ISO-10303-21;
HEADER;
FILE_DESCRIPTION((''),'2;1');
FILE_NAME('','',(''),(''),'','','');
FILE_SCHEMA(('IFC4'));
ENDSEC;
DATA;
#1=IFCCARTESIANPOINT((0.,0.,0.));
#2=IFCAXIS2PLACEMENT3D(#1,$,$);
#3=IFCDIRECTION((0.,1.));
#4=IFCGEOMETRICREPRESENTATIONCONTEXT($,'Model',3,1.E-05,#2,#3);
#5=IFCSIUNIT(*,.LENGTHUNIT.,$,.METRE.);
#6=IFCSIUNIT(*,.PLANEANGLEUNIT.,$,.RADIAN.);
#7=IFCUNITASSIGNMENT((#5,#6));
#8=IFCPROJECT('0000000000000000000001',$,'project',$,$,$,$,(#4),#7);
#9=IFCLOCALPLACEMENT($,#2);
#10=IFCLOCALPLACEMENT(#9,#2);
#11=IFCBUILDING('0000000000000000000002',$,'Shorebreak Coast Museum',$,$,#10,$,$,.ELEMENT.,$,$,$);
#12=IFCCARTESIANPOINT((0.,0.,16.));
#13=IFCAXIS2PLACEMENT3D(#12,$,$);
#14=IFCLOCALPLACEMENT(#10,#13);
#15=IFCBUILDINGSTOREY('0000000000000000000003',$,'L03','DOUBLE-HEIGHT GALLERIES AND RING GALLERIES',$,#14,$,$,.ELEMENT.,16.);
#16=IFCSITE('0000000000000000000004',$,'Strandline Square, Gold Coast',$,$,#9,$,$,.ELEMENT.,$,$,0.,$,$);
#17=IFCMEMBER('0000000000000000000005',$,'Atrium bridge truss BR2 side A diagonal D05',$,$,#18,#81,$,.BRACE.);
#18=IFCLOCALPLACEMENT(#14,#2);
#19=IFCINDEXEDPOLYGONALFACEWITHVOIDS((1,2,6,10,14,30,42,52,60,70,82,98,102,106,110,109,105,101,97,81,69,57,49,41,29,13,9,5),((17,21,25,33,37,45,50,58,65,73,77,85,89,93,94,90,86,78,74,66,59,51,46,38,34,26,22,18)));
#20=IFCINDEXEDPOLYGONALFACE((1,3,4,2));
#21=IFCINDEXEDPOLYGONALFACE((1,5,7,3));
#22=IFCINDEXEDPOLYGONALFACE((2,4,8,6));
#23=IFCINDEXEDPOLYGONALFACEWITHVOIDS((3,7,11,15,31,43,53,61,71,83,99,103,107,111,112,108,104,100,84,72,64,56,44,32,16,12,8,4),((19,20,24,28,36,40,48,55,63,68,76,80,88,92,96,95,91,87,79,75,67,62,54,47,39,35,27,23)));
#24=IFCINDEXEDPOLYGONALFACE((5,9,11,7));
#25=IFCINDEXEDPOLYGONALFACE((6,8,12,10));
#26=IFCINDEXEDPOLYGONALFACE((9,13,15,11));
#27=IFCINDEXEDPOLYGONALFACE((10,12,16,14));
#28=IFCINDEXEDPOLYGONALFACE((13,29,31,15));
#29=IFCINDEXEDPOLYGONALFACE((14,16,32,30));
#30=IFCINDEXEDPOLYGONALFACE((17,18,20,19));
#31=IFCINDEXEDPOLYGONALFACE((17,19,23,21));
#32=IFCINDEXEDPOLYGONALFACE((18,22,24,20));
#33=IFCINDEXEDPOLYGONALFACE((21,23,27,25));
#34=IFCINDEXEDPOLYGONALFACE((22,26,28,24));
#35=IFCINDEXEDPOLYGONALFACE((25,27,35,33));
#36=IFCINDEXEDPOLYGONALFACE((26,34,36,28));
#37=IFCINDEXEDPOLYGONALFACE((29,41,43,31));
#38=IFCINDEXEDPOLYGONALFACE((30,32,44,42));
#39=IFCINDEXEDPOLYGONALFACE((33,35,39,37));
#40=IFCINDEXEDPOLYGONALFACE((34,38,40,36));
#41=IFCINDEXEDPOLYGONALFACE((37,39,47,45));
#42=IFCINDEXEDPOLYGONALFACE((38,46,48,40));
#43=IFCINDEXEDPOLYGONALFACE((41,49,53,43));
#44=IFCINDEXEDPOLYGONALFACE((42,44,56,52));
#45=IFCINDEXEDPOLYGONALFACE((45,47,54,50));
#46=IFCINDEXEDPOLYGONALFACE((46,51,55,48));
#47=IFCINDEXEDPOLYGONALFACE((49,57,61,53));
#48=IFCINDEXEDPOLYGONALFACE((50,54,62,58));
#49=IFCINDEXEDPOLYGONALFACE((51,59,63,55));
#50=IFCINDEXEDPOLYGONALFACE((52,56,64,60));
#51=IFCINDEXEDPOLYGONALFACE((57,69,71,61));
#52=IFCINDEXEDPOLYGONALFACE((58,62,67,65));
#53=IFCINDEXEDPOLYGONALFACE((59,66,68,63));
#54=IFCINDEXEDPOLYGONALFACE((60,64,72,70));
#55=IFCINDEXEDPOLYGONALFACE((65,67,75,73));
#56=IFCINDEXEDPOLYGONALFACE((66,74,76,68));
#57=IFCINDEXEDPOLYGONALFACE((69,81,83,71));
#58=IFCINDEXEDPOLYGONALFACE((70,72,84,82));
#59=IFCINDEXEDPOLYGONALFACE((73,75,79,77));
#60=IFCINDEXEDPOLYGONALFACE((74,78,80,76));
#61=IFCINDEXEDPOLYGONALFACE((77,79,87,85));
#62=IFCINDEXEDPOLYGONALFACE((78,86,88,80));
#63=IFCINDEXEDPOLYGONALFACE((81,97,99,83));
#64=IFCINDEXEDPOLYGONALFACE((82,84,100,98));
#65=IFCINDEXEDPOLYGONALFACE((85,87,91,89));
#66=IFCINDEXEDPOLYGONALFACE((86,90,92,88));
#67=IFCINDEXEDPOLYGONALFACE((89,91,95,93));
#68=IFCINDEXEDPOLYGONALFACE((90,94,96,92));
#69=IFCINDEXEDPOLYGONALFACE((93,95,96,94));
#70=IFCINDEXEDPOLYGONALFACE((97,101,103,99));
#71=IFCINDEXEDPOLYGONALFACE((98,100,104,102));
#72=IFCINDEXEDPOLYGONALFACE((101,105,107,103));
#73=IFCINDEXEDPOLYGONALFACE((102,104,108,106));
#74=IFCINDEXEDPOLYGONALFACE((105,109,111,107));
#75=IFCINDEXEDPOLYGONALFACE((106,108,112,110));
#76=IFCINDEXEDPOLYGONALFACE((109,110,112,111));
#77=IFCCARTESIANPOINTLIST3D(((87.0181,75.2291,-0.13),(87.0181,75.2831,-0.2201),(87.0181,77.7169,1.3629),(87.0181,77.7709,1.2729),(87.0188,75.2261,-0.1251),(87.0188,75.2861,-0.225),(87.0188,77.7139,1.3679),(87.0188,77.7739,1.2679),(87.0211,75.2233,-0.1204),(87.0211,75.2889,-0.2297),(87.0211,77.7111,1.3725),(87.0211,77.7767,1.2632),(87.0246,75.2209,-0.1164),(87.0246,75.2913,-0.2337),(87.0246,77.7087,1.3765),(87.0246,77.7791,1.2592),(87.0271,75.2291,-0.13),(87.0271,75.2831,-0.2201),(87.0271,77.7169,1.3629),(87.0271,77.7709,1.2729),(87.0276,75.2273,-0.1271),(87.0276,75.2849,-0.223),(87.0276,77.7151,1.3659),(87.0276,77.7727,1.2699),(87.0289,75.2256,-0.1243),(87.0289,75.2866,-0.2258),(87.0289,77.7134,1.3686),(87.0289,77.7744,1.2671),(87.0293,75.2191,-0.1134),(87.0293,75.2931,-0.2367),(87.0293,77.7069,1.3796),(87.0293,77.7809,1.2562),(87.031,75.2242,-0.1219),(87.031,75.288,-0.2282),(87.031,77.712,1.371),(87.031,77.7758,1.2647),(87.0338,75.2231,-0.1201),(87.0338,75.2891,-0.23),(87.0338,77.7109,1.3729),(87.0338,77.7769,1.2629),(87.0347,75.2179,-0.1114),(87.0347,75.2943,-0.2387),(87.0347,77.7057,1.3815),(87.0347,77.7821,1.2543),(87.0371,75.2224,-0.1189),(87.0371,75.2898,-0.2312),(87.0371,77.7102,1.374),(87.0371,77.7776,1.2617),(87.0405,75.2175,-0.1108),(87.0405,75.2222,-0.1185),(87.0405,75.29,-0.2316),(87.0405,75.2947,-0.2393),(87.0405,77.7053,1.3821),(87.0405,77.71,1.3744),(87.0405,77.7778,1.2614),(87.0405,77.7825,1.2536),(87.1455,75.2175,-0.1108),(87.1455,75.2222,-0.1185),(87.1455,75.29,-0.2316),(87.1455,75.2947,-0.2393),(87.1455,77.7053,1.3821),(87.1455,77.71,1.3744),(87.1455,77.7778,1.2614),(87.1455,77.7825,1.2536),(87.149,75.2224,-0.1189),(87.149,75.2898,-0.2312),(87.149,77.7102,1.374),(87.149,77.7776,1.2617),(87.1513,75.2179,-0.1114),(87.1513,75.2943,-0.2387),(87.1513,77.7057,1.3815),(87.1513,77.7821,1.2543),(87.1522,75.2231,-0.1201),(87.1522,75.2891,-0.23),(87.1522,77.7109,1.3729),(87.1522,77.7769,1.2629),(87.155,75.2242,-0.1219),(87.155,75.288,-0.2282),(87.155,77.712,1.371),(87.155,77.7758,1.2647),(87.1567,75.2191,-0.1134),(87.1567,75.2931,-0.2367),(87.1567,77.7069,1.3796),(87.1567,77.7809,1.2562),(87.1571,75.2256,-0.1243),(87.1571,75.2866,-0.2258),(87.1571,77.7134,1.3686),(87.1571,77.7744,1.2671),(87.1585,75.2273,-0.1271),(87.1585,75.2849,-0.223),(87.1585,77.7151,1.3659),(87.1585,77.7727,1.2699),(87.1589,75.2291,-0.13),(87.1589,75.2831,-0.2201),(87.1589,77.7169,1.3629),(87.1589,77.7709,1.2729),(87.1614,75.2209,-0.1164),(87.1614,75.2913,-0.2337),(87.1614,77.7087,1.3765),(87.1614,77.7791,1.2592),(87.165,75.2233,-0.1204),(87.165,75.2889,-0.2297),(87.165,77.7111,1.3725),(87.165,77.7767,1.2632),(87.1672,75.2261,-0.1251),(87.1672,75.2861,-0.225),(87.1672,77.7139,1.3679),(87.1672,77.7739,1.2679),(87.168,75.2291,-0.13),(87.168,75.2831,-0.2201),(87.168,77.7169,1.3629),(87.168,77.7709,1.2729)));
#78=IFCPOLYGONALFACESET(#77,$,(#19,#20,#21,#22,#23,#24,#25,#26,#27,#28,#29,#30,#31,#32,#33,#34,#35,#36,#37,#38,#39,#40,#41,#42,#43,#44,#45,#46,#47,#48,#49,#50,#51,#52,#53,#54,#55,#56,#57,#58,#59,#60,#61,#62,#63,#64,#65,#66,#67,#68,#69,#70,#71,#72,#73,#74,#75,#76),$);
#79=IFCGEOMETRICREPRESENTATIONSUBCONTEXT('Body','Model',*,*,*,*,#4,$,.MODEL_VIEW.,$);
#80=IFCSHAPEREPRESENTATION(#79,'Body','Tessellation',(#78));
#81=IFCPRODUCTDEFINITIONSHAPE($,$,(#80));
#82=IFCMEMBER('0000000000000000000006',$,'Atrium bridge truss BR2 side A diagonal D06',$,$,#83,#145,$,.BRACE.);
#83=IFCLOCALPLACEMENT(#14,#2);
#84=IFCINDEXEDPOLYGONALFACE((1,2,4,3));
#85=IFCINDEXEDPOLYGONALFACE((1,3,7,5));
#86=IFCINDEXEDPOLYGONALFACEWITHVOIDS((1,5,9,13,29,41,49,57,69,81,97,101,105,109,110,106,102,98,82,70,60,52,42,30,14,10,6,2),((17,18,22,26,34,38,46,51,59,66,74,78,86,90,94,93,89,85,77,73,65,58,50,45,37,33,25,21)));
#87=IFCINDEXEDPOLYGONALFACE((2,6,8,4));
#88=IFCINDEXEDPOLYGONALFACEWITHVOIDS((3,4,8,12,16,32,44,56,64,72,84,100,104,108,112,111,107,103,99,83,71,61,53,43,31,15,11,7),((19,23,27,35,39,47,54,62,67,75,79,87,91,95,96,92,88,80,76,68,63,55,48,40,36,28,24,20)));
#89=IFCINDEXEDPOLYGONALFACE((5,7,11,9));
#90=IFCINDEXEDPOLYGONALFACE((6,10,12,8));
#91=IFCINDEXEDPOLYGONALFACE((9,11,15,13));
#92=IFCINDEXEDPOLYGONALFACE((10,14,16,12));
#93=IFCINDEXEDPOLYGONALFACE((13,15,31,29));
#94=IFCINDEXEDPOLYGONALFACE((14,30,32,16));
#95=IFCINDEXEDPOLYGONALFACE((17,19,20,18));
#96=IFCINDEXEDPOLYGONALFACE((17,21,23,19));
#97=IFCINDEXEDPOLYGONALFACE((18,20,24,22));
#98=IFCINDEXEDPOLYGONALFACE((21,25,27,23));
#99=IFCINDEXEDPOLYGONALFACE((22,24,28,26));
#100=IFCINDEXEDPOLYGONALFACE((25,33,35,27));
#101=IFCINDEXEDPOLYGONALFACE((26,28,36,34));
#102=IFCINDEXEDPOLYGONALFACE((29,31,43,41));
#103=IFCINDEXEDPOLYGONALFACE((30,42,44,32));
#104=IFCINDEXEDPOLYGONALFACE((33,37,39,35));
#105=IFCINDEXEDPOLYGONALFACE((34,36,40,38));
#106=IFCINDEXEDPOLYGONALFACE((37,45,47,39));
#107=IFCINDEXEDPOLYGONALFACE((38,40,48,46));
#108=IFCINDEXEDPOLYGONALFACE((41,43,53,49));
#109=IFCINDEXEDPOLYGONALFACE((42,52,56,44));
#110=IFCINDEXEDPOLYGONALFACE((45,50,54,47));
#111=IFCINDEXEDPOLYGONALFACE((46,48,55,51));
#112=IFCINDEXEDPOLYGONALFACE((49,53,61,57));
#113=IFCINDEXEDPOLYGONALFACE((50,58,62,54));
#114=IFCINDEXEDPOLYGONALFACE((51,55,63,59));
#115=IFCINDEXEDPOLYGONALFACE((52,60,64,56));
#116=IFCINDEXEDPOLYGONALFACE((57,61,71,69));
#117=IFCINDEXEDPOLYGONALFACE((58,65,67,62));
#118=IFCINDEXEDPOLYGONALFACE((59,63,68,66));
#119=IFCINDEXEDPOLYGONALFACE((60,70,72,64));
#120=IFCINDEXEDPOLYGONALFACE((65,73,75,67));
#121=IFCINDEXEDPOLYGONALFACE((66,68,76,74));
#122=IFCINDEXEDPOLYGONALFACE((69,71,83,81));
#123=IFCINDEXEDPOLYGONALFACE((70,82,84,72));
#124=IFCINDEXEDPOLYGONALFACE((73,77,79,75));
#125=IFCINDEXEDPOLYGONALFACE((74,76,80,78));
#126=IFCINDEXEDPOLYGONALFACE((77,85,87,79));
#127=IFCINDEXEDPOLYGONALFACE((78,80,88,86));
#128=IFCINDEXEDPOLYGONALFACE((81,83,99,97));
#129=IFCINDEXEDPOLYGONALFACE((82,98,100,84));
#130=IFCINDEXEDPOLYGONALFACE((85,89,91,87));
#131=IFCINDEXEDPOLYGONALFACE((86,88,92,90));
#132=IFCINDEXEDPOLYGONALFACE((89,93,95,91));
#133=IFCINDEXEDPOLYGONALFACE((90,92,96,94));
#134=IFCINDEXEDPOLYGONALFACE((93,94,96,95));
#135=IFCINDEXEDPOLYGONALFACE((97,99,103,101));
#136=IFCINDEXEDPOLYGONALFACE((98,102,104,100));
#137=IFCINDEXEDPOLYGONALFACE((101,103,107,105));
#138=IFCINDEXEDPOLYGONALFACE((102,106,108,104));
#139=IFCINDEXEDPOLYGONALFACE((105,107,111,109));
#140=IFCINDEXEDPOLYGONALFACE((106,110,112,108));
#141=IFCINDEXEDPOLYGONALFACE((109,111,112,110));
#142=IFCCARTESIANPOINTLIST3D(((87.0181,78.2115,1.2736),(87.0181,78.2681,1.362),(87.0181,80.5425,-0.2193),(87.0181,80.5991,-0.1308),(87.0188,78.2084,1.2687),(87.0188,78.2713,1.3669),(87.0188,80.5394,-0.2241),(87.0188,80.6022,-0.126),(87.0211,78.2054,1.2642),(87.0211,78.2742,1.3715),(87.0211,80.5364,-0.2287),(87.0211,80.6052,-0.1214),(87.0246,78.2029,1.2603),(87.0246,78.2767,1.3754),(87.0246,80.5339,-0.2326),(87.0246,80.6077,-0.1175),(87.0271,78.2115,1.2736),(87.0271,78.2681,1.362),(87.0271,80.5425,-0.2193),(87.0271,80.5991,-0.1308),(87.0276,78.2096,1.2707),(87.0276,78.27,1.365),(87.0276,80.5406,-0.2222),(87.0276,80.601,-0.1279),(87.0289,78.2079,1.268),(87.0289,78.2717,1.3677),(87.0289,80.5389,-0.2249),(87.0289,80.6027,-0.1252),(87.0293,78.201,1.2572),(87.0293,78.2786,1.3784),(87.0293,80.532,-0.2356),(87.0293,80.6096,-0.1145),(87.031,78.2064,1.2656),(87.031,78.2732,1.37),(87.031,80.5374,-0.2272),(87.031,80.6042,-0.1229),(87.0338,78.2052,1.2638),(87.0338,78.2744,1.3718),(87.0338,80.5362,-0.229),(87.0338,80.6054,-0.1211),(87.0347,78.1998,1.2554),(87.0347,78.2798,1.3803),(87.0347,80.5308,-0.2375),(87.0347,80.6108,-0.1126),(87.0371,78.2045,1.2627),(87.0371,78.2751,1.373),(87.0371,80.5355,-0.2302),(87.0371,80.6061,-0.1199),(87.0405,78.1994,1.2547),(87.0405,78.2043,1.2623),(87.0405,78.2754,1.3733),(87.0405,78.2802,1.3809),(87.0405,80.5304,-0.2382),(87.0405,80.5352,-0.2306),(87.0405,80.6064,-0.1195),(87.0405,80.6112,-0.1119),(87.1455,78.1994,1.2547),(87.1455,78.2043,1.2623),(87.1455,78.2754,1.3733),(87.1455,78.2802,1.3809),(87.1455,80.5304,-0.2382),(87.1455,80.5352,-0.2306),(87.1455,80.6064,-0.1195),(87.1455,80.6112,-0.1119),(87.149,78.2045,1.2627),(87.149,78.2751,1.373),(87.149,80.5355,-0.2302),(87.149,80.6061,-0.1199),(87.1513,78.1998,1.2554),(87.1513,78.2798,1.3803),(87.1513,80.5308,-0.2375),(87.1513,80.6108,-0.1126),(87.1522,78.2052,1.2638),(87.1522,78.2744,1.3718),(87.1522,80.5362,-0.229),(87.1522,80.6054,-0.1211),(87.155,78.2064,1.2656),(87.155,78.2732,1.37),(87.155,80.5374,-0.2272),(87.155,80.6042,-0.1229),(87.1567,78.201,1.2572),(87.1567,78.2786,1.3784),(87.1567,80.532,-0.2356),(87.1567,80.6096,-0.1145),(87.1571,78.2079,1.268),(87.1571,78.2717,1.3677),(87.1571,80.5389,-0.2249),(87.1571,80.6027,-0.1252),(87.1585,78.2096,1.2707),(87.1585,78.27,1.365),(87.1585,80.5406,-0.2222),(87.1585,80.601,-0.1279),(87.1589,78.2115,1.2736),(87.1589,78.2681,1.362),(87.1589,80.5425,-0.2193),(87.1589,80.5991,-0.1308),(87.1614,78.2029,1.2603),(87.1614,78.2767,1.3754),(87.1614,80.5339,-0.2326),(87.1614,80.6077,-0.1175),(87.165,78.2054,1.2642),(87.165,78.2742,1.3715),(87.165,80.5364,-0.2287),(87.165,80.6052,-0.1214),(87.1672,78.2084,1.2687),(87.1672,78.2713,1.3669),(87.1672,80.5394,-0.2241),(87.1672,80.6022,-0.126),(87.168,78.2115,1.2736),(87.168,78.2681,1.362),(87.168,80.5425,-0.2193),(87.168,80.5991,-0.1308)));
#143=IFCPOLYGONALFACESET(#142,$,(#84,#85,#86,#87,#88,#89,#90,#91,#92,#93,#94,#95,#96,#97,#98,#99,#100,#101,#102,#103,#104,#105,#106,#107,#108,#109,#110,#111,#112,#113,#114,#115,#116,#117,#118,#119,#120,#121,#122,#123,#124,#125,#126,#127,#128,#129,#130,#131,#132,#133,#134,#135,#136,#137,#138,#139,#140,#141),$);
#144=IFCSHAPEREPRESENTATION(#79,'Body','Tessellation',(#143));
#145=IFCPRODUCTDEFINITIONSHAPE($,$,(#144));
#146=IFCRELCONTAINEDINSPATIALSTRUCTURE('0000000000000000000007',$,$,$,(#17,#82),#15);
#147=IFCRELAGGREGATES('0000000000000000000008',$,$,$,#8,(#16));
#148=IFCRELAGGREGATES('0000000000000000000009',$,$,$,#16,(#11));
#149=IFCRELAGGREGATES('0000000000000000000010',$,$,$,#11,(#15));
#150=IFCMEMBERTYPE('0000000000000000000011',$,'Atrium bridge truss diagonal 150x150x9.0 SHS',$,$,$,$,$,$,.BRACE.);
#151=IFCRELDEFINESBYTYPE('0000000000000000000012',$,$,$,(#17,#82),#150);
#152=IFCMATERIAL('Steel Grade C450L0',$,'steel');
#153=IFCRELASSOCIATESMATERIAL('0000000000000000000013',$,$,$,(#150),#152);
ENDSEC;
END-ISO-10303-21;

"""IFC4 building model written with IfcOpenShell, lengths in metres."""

from ifc_helpers import new_model, si_unit, direction, frame, origin, origin_2d, place, context, subcontext, project, spatial, hollow_rectangle, extrude, material, material_profile, profile_set, type_object, element, save


model = new_model("IFC4")

# Units and contexts
model_context = context("Model", 3, precision=1e-05, world=origin(), true_north=direction((0.0, 1.0)))
body_context = subcontext(model_context, "Body", "Model", "MODEL_VIEW")
ifc_project = project(units=[si_unit("LENGTHUNIT", "METRE"), si_unit("PLANEANGLEUNIT", "RADIAN")], contexts=[model_context])

# Site, building, storey
site_placement = place(None, origin())
site = spatial("IfcSite", under=ifc_project, at=site_placement, Name="Strandline Square, Gold Coast", CompositionType="ELEMENT", RefElevation=0.0)
building_placement = place(site_placement, origin())
building = spatial("IfcBuilding", under=site, at=building_placement, Name="Shorebreak Coast Museum", CompositionType="ELEMENT")
storey_placement = place(building_placement, frame((0.0, 0.0, 16.0)))
storey = spatial("IfcBuildingStorey", under=building, at=storey_placement, Name="L03", Description="DOUBLE-HEIGHT GALLERIES AND RING GALLERIES", CompositionType="ELEMENT", Elevation=16.0)

# Members
ifc_material_1 = material(Name="Steel Grade C450L0", Category="steel")
ifc_material_profile_1 = material_profile(ifc_material_1, hollow_rectangle(XDim=0.1499, YDim=0.1499, WallThickness=0.009, InnerFilletRadius=0.0134, OuterFilletRadius=0.0225, at=origin_2d()), Name="150x150x9.0 SHS")
ifc_profile_set_1 = profile_set([ifc_material_profile_1], Name="Steel Grade C450L0")
member_type_1 = type_object("IfcMemberType", Name="Atrium bridge truss diagonal 150x150x9.0 SHS", PredefinedType="BRACE", material=ifc_profile_set_1)
for number, where, z_axis, x_axis, name in (
    (1, (87.093, 75.2561, -0.175), (0.0, 0.857456, 0.514558), (-1.0, 0.0, 0.0), "Atrium bridge truss BR2 side A diagonal D05"),
):
    element("IfcMember", number, at=place(storey_placement, frame(where, z_axis=z_axis, x_axis=x_axis)), inside=storey, type_object=member_type_1, Name=name, PredefinedType="BRACE", context=body_context, shape_type="SweptSolid", body=[
        extrude(hollow_rectangle(XDim=0.1499, YDim=0.1499, WallThickness=0.009, InnerFilletRadius=0.0134, OuterFilletRadius=0.0225, at=origin_2d()), origin(), (0.0, 0.0, 1.0), 2.9014),
    ])
for number, where, z_axis, x_axis, name in (
    (2, (87.093, 80.5708, -0.175), (0.0, -0.8421, 0.539321), (1.0, 0.0, 0.0), "Atrium bridge truss BR2 side A diagonal D06"),
):
    element("IfcMember", number, at=place(storey_placement, frame(where, z_axis=z_axis, x_axis=x_axis)), inside=storey, type_object=member_type_1, Name=name, PredefinedType="BRACE", context=body_context, shape_type="SweptSolid", body=[
        extrude(hollow_rectangle(XDim=0.1499, YDim=0.1499, WallThickness=0.009, InnerFilletRadius=0.0134, OuterFilletRadius=0.0225, at=origin_2d()), origin(), (0.0, 0.0, 1.0), 2.7681),
    ])

save(model, "model.ifc")
